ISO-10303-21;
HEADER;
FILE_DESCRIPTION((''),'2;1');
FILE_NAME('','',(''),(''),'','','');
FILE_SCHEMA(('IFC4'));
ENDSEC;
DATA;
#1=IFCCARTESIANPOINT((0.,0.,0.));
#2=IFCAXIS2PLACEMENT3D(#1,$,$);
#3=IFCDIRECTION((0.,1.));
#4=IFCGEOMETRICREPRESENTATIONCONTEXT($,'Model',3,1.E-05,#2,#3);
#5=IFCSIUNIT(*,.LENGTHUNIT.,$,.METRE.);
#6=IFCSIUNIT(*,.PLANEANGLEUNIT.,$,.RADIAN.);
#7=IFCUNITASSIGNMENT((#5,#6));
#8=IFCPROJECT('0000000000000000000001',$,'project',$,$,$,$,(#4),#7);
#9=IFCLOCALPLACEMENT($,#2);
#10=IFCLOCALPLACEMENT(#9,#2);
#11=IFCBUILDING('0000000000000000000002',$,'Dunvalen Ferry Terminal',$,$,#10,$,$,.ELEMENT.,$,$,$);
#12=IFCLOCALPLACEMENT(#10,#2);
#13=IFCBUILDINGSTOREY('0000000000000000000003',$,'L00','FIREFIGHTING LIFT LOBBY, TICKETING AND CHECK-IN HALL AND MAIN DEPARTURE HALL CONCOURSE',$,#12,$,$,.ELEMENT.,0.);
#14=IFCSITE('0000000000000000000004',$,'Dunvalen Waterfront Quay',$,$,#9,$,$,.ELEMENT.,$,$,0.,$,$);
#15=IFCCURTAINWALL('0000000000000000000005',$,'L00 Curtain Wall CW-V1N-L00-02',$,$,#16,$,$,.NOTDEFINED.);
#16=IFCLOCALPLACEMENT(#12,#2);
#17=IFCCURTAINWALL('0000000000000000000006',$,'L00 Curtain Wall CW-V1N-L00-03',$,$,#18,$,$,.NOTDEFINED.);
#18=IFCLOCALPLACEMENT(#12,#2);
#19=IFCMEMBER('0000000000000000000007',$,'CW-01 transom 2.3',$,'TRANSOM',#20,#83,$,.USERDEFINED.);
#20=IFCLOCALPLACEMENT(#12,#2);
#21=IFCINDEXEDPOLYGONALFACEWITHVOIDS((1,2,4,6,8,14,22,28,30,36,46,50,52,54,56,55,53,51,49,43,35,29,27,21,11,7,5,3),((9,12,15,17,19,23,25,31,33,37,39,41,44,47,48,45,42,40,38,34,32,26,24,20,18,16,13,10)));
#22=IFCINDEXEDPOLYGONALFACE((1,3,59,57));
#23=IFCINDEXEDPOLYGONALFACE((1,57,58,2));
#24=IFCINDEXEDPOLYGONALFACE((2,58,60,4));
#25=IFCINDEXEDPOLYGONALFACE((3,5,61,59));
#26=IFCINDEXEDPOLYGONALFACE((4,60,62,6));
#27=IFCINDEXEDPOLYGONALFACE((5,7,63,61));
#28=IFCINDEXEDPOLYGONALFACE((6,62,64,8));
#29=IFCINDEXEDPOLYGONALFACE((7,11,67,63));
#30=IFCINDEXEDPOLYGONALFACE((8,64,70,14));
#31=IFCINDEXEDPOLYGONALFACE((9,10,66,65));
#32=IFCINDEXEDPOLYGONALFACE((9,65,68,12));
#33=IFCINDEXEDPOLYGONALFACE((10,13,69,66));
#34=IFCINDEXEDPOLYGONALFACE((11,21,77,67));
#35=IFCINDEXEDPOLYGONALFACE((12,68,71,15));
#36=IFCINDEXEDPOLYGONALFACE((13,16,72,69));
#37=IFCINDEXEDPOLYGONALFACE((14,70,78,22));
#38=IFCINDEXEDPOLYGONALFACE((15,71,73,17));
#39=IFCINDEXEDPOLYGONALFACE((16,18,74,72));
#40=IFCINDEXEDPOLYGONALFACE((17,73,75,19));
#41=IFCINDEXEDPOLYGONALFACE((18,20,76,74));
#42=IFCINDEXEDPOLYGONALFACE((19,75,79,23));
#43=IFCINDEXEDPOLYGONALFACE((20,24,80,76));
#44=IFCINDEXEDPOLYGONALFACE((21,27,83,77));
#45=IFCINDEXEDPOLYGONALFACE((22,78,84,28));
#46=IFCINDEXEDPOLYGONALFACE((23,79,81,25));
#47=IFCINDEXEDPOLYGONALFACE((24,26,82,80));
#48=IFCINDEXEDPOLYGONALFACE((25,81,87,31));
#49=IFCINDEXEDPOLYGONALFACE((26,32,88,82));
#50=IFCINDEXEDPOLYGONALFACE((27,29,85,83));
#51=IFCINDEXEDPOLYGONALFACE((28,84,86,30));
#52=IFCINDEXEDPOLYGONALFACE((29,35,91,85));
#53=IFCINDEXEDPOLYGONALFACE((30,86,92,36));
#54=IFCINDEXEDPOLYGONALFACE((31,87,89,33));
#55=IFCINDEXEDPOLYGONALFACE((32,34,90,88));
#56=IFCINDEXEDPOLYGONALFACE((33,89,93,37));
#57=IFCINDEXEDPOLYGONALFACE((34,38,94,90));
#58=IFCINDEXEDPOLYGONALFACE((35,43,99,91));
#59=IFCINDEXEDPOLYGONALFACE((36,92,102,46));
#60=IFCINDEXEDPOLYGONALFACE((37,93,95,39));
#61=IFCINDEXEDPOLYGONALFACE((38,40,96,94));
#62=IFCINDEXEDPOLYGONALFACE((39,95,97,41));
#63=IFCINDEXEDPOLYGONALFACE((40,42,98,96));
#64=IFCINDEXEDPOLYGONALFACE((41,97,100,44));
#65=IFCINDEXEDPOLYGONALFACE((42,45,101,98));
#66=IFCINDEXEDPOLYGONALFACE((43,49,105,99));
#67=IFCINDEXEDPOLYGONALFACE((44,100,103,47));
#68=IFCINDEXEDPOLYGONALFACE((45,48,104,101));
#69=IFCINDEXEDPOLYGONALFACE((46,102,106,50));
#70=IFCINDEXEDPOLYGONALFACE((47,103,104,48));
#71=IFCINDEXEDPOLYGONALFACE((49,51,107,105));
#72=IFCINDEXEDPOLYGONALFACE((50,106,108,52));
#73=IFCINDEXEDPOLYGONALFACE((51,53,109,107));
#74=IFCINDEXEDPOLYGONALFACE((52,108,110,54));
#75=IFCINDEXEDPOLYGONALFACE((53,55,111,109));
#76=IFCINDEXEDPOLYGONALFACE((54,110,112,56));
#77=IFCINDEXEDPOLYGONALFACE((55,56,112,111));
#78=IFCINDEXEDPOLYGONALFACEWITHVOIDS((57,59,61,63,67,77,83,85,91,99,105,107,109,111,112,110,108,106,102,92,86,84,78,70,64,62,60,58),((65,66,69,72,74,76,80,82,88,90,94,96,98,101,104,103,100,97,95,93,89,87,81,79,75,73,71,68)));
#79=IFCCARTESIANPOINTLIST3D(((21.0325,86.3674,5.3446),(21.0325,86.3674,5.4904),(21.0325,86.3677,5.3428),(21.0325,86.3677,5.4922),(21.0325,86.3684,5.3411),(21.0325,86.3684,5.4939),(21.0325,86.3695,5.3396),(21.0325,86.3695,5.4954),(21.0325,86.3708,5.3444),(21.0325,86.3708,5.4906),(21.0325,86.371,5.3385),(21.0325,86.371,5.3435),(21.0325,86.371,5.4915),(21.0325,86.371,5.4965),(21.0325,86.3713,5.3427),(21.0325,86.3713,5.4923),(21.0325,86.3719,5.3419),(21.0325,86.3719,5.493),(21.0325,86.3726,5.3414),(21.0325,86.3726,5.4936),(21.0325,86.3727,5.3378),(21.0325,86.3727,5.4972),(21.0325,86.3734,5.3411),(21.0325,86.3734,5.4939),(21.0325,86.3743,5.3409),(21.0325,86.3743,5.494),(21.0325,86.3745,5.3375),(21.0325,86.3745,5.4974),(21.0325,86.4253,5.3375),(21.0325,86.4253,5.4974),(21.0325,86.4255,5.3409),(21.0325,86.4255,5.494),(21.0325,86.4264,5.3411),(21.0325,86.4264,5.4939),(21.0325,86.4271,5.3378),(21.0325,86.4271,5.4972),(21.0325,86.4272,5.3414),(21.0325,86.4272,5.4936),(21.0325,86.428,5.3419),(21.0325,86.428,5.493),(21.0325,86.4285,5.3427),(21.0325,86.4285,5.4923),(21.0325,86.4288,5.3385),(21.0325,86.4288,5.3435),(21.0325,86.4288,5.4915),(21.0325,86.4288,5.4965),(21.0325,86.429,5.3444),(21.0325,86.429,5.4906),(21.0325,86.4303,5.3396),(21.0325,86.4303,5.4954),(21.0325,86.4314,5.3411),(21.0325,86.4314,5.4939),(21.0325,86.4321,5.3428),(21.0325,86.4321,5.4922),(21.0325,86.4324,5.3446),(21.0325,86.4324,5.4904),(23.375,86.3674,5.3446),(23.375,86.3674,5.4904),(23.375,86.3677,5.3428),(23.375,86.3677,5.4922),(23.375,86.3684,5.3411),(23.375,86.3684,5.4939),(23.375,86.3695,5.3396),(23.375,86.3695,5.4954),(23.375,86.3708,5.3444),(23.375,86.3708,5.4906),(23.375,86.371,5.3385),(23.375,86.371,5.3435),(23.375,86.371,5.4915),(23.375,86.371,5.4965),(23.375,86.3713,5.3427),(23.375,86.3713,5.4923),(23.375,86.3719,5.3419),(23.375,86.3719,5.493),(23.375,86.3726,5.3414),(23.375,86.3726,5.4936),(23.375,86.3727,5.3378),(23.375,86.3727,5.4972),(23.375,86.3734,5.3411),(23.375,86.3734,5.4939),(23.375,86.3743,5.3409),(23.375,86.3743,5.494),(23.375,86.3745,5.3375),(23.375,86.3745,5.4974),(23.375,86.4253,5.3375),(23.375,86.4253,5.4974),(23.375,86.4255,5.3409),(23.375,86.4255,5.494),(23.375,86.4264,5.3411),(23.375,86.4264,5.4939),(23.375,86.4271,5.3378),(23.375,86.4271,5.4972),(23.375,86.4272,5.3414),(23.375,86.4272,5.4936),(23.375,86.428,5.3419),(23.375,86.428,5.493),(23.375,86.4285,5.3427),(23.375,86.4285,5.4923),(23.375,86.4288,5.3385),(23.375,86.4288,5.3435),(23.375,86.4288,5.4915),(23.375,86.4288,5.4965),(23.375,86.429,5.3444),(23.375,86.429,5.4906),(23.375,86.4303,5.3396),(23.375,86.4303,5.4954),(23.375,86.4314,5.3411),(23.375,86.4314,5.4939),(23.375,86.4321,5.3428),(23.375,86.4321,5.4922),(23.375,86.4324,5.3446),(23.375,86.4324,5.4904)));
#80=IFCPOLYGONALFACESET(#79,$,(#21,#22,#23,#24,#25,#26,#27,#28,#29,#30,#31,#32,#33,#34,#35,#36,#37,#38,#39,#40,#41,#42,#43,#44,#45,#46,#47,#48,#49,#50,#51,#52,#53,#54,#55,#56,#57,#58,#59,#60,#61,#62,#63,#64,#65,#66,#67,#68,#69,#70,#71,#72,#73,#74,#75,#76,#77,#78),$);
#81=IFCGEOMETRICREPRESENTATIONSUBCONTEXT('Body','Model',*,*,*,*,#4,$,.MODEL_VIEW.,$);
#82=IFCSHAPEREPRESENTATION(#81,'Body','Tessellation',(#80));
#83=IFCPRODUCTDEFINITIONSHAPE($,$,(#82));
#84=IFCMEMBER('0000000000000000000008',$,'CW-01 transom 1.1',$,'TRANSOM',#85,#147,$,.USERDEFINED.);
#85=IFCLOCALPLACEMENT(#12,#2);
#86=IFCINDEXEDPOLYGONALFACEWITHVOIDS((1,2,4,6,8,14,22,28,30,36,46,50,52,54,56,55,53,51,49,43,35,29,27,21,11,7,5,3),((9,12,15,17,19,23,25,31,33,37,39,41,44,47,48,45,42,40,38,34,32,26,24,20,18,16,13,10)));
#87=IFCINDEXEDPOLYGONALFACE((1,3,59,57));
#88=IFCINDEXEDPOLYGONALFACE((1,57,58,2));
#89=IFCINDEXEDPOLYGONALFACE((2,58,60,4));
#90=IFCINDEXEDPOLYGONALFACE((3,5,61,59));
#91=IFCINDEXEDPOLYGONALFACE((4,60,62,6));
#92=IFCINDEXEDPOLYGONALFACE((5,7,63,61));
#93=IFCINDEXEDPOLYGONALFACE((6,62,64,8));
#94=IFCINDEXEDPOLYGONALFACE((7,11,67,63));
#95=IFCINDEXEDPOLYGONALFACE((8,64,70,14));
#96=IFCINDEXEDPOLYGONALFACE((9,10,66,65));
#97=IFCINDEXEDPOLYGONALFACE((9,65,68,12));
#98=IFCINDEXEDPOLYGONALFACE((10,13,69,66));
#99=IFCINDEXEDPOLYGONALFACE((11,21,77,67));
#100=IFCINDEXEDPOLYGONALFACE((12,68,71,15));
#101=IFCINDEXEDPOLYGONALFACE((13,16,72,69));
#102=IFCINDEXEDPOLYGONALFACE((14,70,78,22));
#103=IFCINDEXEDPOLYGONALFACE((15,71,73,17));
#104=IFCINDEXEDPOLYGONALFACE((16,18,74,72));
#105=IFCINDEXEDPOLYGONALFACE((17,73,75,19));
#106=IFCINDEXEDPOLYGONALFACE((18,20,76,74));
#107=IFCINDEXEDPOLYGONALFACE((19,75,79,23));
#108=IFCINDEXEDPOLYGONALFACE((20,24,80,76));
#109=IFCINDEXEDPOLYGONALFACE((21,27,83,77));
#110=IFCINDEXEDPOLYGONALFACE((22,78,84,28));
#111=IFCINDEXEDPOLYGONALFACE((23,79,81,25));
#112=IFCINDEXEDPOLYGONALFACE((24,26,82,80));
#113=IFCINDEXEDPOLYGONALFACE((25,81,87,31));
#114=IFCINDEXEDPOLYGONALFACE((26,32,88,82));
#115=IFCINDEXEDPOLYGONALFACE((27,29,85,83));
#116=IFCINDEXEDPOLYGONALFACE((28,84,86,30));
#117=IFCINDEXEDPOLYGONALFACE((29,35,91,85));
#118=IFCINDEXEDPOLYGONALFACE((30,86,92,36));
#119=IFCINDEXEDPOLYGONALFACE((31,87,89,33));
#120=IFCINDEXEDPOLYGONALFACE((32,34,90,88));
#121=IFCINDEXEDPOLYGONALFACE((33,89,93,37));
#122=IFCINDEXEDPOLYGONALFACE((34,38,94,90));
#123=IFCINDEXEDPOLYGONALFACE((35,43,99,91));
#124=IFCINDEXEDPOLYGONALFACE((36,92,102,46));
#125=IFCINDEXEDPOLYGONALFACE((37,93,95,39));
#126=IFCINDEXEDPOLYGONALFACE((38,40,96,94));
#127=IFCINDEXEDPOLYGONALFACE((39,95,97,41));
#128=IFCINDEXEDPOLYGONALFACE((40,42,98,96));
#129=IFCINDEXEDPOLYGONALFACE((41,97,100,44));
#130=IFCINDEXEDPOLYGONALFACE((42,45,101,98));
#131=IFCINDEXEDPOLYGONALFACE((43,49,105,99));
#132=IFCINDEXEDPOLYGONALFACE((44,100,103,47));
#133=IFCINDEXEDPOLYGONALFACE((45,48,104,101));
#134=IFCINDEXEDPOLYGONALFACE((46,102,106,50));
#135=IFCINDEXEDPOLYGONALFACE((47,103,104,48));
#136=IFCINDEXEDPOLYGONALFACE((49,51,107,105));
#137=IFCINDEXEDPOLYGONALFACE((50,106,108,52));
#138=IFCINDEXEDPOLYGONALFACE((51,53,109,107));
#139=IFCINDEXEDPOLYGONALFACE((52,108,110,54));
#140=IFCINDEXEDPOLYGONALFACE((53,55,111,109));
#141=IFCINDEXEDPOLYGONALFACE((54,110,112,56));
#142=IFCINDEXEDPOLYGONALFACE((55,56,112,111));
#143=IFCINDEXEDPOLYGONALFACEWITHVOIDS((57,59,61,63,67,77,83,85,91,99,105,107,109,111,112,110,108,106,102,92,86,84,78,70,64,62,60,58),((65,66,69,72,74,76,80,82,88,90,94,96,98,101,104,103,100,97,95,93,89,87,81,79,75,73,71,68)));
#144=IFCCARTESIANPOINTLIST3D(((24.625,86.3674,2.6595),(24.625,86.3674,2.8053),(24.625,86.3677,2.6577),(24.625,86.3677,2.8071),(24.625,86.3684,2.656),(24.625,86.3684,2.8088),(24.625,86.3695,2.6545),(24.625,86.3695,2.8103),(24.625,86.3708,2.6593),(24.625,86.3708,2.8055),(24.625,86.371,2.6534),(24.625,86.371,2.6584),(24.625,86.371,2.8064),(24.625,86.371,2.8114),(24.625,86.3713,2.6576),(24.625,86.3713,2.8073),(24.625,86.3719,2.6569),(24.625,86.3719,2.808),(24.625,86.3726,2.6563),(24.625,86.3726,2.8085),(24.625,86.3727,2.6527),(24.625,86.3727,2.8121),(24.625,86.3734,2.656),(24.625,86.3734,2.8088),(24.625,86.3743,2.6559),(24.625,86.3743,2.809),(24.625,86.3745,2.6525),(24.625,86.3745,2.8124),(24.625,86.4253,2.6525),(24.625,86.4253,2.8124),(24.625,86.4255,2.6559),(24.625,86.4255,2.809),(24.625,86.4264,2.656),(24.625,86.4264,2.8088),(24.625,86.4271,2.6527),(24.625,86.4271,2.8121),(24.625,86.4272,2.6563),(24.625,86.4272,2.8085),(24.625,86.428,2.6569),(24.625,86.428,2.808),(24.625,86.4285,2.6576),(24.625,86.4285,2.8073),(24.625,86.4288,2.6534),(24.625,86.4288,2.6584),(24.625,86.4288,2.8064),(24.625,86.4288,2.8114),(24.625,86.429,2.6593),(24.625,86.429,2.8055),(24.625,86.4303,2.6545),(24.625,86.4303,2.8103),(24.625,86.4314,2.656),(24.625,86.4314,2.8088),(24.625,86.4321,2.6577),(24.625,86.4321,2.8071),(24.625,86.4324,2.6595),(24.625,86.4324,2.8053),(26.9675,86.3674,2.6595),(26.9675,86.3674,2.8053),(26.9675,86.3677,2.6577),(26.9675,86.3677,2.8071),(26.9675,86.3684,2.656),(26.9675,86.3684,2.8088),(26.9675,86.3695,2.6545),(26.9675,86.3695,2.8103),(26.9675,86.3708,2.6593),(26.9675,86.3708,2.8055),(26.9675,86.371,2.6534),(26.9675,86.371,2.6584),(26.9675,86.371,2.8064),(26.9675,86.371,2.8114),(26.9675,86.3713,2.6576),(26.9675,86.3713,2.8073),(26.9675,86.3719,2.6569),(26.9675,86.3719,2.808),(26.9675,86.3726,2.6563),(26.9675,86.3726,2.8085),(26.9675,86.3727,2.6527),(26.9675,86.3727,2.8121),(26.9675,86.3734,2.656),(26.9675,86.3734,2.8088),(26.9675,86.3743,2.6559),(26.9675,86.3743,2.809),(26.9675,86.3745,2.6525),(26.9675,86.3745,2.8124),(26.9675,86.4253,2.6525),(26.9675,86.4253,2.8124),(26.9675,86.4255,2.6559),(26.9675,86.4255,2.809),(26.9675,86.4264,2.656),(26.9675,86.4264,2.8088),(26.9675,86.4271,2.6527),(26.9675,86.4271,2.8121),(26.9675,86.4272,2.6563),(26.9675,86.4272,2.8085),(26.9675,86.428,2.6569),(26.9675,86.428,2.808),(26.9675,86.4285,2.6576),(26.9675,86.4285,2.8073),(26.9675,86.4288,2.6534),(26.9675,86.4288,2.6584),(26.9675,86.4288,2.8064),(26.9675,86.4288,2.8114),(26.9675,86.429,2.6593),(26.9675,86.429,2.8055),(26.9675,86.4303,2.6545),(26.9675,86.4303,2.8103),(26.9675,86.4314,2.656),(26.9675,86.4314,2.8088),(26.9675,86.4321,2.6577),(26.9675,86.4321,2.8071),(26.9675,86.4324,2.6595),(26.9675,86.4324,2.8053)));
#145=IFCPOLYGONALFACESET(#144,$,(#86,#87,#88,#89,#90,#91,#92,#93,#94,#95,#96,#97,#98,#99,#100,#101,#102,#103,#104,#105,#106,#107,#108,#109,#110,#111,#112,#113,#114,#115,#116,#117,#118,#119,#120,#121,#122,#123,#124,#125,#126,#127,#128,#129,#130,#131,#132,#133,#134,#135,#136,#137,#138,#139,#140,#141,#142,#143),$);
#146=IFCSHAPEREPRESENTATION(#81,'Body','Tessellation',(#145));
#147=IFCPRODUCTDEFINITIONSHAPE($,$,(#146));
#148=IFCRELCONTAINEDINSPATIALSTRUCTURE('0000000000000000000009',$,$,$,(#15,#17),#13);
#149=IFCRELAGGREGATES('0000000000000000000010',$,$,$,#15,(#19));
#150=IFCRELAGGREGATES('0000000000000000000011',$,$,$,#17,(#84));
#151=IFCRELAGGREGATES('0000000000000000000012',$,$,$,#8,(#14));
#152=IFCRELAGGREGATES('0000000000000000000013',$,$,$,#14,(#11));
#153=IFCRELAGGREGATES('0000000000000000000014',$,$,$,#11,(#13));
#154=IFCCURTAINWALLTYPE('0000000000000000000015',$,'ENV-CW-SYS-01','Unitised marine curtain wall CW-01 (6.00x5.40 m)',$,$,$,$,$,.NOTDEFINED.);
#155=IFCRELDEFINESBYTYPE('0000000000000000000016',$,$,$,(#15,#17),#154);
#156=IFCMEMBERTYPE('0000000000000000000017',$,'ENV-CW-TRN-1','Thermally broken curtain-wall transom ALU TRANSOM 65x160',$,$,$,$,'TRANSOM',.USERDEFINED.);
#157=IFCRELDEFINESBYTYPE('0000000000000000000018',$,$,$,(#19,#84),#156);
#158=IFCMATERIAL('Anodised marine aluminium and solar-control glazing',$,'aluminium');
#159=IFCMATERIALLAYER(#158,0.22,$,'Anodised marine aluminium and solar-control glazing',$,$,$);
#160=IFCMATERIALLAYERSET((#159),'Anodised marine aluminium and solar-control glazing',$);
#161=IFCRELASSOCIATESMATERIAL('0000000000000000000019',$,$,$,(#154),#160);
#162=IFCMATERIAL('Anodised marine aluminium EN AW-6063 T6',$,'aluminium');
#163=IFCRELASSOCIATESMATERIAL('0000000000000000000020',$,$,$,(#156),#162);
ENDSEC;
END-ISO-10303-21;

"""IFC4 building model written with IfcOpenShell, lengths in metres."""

from ifc_helpers import new_model, si_unit, direction, frame, origin, origin_2d, place, context, subcontext, project, spatial, hollow_rectangle, extrude, material, layer, layer_set, material_profile, profile_set, type_object, element, aggregate, save


model = new_model("IFC4")

# Units and contexts
model_context = context("Model", 3, precision=1e-05, world=origin(), true_north=direction((0.0, 1.0)))
body_context = subcontext(model_context, "Body", "Model", "MODEL_VIEW")
ifc_project = project(units=[si_unit("LENGTHUNIT", "METRE"), si_unit("PLANEANGLEUNIT", "RADIAN")], contexts=[model_context])

# Site, building, storey
site_placement = place(None, origin())
site = spatial("IfcSite", under=ifc_project, at=site_placement, Name="Dunvalen Waterfront Quay", CompositionType="ELEMENT", RefElevation=0.0)
building_placement = place(site_placement, origin())
building = spatial("IfcBuilding", under=site, at=building_placement, Name="Dunvalen Ferry Terminal", CompositionType="ELEMENT")
storey_placement = place(building_placement, origin())
storey = spatial("IfcBuildingStorey", under=building, at=storey_placement, Name="L00", Description="FIREFIGHTING LIFT LOBBY, TICKETING AND CHECK-IN HALL AND MAIN DEPARTURE HALL CONCOURSE", CompositionType="ELEMENT", Elevation=0.0)

# Curtain wall
ifc_material_1 = material(Name="Anodised marine aluminium and solar-control glazing", Category="aluminium")
ifc_layer_1 = layer(ifc_material_1, 0.22, Name="Anodised marine aluminium and solar-control glazing")
ifc_layer_set_1 = layer_set([ifc_layer_1], Name="Anodised marine aluminium and solar-control glazing")
curtain_wall_type = type_object("IfcCurtainWallType", Name="ENV-CW-SYS-01", Description="Unitised marine curtain wall CW-01 (6.00x5.40 m)", PredefinedType="NOTDEFINED", material=ifc_layer_set_1)
curtain_wall_1_placement = place(storey_placement, origin())
curtain_wall_1 = element("IfcCurtainWall", 1, at=curtain_wall_1_placement, inside=storey, type_object=curtain_wall_type, Name="L00 Curtain Wall CW-V1N-L00-02", PredefinedType="NOTDEFINED")
ifc_material_2 = material(Name="Anodised marine aluminium EN AW-6063 T6", Category="aluminium")

# Curtain wall
curtain_wall_2_placement = place(storey_placement, origin())
curtain_wall_2 = element("IfcCurtainWall", 2, at=curtain_wall_2_placement, inside=storey, type_object=curtain_wall_type, Name="L00 Curtain Wall CW-V1N-L00-03", PredefinedType="NOTDEFINED")

# Members
ifc_material_profile_1 = material_profile(ifc_material_2, hollow_rectangle(XDim=0.0649, YDim=0.1599, WallThickness=0.0034, InnerFilletRadius=0.0034, OuterFilletRadius=0.0071, at=origin_2d()), Name="Anodised marine aluminium EN AW-6063 T6")
ifc_profile_set_1 = profile_set([ifc_material_profile_1], Name="Anodised marine aluminium EN AW-6063 T6")
member_type_1 = type_object("IfcMemberType", Name="ENV-CW-TRN-1", Description="Thermally broken curtain-wall transom ALU TRANSOM 65x160", ElementType="TRANSOM", PredefinedType="USERDEFINED", material=ifc_profile_set_1)
member_1_placement = place(storey_placement, frame((21.0325, 86.3999, 5.4175), z_axis=(1.0, 0.0, 0.0), x_axis=(0.0, 1.0, 0.0)))
member_1 = element("IfcMember", 3, at=member_1_placement, type_object=member_type_1, Name="CW-01 transom 2.3", ObjectType="TRANSOM", PredefinedType="USERDEFINED", context=body_context, shape_type="SweptSolid", body=[
    extrude(hollow_rectangle(XDim=0.0649, YDim=0.1599, WallThickness=0.0034, InnerFilletRadius=0.0034, OuterFilletRadius=0.0071, at=origin_2d()), origin(), (0.0, 0.0, 1.0), 2.3425),
])
member_2_placement = place(storey_placement, frame((24.625, 86.3999, 2.7324), z_axis=(1.0, 0.0, 0.0), x_axis=(0.0, 1.0, 0.0)))
member_2 = element("IfcMember", 4, at=member_2_placement, type_object=member_type_1, Name="CW-01 transom 1.1", ObjectType="TRANSOM", PredefinedType="USERDEFINED", context=body_context, shape_type="SweptSolid", body=[
    extrude(hollow_rectangle(XDim=0.0649, YDim=0.1599, WallThickness=0.0034, InnerFilletRadius=0.0034, OuterFilletRadius=0.0071, at=origin_2d()), origin(), (0.0, 0.0, 1.0), 2.3425),
])

aggregate(curtain_wall_1, [member_1])
aggregate(curtain_wall_2, [member_2])

save(model, "model.ifc")
